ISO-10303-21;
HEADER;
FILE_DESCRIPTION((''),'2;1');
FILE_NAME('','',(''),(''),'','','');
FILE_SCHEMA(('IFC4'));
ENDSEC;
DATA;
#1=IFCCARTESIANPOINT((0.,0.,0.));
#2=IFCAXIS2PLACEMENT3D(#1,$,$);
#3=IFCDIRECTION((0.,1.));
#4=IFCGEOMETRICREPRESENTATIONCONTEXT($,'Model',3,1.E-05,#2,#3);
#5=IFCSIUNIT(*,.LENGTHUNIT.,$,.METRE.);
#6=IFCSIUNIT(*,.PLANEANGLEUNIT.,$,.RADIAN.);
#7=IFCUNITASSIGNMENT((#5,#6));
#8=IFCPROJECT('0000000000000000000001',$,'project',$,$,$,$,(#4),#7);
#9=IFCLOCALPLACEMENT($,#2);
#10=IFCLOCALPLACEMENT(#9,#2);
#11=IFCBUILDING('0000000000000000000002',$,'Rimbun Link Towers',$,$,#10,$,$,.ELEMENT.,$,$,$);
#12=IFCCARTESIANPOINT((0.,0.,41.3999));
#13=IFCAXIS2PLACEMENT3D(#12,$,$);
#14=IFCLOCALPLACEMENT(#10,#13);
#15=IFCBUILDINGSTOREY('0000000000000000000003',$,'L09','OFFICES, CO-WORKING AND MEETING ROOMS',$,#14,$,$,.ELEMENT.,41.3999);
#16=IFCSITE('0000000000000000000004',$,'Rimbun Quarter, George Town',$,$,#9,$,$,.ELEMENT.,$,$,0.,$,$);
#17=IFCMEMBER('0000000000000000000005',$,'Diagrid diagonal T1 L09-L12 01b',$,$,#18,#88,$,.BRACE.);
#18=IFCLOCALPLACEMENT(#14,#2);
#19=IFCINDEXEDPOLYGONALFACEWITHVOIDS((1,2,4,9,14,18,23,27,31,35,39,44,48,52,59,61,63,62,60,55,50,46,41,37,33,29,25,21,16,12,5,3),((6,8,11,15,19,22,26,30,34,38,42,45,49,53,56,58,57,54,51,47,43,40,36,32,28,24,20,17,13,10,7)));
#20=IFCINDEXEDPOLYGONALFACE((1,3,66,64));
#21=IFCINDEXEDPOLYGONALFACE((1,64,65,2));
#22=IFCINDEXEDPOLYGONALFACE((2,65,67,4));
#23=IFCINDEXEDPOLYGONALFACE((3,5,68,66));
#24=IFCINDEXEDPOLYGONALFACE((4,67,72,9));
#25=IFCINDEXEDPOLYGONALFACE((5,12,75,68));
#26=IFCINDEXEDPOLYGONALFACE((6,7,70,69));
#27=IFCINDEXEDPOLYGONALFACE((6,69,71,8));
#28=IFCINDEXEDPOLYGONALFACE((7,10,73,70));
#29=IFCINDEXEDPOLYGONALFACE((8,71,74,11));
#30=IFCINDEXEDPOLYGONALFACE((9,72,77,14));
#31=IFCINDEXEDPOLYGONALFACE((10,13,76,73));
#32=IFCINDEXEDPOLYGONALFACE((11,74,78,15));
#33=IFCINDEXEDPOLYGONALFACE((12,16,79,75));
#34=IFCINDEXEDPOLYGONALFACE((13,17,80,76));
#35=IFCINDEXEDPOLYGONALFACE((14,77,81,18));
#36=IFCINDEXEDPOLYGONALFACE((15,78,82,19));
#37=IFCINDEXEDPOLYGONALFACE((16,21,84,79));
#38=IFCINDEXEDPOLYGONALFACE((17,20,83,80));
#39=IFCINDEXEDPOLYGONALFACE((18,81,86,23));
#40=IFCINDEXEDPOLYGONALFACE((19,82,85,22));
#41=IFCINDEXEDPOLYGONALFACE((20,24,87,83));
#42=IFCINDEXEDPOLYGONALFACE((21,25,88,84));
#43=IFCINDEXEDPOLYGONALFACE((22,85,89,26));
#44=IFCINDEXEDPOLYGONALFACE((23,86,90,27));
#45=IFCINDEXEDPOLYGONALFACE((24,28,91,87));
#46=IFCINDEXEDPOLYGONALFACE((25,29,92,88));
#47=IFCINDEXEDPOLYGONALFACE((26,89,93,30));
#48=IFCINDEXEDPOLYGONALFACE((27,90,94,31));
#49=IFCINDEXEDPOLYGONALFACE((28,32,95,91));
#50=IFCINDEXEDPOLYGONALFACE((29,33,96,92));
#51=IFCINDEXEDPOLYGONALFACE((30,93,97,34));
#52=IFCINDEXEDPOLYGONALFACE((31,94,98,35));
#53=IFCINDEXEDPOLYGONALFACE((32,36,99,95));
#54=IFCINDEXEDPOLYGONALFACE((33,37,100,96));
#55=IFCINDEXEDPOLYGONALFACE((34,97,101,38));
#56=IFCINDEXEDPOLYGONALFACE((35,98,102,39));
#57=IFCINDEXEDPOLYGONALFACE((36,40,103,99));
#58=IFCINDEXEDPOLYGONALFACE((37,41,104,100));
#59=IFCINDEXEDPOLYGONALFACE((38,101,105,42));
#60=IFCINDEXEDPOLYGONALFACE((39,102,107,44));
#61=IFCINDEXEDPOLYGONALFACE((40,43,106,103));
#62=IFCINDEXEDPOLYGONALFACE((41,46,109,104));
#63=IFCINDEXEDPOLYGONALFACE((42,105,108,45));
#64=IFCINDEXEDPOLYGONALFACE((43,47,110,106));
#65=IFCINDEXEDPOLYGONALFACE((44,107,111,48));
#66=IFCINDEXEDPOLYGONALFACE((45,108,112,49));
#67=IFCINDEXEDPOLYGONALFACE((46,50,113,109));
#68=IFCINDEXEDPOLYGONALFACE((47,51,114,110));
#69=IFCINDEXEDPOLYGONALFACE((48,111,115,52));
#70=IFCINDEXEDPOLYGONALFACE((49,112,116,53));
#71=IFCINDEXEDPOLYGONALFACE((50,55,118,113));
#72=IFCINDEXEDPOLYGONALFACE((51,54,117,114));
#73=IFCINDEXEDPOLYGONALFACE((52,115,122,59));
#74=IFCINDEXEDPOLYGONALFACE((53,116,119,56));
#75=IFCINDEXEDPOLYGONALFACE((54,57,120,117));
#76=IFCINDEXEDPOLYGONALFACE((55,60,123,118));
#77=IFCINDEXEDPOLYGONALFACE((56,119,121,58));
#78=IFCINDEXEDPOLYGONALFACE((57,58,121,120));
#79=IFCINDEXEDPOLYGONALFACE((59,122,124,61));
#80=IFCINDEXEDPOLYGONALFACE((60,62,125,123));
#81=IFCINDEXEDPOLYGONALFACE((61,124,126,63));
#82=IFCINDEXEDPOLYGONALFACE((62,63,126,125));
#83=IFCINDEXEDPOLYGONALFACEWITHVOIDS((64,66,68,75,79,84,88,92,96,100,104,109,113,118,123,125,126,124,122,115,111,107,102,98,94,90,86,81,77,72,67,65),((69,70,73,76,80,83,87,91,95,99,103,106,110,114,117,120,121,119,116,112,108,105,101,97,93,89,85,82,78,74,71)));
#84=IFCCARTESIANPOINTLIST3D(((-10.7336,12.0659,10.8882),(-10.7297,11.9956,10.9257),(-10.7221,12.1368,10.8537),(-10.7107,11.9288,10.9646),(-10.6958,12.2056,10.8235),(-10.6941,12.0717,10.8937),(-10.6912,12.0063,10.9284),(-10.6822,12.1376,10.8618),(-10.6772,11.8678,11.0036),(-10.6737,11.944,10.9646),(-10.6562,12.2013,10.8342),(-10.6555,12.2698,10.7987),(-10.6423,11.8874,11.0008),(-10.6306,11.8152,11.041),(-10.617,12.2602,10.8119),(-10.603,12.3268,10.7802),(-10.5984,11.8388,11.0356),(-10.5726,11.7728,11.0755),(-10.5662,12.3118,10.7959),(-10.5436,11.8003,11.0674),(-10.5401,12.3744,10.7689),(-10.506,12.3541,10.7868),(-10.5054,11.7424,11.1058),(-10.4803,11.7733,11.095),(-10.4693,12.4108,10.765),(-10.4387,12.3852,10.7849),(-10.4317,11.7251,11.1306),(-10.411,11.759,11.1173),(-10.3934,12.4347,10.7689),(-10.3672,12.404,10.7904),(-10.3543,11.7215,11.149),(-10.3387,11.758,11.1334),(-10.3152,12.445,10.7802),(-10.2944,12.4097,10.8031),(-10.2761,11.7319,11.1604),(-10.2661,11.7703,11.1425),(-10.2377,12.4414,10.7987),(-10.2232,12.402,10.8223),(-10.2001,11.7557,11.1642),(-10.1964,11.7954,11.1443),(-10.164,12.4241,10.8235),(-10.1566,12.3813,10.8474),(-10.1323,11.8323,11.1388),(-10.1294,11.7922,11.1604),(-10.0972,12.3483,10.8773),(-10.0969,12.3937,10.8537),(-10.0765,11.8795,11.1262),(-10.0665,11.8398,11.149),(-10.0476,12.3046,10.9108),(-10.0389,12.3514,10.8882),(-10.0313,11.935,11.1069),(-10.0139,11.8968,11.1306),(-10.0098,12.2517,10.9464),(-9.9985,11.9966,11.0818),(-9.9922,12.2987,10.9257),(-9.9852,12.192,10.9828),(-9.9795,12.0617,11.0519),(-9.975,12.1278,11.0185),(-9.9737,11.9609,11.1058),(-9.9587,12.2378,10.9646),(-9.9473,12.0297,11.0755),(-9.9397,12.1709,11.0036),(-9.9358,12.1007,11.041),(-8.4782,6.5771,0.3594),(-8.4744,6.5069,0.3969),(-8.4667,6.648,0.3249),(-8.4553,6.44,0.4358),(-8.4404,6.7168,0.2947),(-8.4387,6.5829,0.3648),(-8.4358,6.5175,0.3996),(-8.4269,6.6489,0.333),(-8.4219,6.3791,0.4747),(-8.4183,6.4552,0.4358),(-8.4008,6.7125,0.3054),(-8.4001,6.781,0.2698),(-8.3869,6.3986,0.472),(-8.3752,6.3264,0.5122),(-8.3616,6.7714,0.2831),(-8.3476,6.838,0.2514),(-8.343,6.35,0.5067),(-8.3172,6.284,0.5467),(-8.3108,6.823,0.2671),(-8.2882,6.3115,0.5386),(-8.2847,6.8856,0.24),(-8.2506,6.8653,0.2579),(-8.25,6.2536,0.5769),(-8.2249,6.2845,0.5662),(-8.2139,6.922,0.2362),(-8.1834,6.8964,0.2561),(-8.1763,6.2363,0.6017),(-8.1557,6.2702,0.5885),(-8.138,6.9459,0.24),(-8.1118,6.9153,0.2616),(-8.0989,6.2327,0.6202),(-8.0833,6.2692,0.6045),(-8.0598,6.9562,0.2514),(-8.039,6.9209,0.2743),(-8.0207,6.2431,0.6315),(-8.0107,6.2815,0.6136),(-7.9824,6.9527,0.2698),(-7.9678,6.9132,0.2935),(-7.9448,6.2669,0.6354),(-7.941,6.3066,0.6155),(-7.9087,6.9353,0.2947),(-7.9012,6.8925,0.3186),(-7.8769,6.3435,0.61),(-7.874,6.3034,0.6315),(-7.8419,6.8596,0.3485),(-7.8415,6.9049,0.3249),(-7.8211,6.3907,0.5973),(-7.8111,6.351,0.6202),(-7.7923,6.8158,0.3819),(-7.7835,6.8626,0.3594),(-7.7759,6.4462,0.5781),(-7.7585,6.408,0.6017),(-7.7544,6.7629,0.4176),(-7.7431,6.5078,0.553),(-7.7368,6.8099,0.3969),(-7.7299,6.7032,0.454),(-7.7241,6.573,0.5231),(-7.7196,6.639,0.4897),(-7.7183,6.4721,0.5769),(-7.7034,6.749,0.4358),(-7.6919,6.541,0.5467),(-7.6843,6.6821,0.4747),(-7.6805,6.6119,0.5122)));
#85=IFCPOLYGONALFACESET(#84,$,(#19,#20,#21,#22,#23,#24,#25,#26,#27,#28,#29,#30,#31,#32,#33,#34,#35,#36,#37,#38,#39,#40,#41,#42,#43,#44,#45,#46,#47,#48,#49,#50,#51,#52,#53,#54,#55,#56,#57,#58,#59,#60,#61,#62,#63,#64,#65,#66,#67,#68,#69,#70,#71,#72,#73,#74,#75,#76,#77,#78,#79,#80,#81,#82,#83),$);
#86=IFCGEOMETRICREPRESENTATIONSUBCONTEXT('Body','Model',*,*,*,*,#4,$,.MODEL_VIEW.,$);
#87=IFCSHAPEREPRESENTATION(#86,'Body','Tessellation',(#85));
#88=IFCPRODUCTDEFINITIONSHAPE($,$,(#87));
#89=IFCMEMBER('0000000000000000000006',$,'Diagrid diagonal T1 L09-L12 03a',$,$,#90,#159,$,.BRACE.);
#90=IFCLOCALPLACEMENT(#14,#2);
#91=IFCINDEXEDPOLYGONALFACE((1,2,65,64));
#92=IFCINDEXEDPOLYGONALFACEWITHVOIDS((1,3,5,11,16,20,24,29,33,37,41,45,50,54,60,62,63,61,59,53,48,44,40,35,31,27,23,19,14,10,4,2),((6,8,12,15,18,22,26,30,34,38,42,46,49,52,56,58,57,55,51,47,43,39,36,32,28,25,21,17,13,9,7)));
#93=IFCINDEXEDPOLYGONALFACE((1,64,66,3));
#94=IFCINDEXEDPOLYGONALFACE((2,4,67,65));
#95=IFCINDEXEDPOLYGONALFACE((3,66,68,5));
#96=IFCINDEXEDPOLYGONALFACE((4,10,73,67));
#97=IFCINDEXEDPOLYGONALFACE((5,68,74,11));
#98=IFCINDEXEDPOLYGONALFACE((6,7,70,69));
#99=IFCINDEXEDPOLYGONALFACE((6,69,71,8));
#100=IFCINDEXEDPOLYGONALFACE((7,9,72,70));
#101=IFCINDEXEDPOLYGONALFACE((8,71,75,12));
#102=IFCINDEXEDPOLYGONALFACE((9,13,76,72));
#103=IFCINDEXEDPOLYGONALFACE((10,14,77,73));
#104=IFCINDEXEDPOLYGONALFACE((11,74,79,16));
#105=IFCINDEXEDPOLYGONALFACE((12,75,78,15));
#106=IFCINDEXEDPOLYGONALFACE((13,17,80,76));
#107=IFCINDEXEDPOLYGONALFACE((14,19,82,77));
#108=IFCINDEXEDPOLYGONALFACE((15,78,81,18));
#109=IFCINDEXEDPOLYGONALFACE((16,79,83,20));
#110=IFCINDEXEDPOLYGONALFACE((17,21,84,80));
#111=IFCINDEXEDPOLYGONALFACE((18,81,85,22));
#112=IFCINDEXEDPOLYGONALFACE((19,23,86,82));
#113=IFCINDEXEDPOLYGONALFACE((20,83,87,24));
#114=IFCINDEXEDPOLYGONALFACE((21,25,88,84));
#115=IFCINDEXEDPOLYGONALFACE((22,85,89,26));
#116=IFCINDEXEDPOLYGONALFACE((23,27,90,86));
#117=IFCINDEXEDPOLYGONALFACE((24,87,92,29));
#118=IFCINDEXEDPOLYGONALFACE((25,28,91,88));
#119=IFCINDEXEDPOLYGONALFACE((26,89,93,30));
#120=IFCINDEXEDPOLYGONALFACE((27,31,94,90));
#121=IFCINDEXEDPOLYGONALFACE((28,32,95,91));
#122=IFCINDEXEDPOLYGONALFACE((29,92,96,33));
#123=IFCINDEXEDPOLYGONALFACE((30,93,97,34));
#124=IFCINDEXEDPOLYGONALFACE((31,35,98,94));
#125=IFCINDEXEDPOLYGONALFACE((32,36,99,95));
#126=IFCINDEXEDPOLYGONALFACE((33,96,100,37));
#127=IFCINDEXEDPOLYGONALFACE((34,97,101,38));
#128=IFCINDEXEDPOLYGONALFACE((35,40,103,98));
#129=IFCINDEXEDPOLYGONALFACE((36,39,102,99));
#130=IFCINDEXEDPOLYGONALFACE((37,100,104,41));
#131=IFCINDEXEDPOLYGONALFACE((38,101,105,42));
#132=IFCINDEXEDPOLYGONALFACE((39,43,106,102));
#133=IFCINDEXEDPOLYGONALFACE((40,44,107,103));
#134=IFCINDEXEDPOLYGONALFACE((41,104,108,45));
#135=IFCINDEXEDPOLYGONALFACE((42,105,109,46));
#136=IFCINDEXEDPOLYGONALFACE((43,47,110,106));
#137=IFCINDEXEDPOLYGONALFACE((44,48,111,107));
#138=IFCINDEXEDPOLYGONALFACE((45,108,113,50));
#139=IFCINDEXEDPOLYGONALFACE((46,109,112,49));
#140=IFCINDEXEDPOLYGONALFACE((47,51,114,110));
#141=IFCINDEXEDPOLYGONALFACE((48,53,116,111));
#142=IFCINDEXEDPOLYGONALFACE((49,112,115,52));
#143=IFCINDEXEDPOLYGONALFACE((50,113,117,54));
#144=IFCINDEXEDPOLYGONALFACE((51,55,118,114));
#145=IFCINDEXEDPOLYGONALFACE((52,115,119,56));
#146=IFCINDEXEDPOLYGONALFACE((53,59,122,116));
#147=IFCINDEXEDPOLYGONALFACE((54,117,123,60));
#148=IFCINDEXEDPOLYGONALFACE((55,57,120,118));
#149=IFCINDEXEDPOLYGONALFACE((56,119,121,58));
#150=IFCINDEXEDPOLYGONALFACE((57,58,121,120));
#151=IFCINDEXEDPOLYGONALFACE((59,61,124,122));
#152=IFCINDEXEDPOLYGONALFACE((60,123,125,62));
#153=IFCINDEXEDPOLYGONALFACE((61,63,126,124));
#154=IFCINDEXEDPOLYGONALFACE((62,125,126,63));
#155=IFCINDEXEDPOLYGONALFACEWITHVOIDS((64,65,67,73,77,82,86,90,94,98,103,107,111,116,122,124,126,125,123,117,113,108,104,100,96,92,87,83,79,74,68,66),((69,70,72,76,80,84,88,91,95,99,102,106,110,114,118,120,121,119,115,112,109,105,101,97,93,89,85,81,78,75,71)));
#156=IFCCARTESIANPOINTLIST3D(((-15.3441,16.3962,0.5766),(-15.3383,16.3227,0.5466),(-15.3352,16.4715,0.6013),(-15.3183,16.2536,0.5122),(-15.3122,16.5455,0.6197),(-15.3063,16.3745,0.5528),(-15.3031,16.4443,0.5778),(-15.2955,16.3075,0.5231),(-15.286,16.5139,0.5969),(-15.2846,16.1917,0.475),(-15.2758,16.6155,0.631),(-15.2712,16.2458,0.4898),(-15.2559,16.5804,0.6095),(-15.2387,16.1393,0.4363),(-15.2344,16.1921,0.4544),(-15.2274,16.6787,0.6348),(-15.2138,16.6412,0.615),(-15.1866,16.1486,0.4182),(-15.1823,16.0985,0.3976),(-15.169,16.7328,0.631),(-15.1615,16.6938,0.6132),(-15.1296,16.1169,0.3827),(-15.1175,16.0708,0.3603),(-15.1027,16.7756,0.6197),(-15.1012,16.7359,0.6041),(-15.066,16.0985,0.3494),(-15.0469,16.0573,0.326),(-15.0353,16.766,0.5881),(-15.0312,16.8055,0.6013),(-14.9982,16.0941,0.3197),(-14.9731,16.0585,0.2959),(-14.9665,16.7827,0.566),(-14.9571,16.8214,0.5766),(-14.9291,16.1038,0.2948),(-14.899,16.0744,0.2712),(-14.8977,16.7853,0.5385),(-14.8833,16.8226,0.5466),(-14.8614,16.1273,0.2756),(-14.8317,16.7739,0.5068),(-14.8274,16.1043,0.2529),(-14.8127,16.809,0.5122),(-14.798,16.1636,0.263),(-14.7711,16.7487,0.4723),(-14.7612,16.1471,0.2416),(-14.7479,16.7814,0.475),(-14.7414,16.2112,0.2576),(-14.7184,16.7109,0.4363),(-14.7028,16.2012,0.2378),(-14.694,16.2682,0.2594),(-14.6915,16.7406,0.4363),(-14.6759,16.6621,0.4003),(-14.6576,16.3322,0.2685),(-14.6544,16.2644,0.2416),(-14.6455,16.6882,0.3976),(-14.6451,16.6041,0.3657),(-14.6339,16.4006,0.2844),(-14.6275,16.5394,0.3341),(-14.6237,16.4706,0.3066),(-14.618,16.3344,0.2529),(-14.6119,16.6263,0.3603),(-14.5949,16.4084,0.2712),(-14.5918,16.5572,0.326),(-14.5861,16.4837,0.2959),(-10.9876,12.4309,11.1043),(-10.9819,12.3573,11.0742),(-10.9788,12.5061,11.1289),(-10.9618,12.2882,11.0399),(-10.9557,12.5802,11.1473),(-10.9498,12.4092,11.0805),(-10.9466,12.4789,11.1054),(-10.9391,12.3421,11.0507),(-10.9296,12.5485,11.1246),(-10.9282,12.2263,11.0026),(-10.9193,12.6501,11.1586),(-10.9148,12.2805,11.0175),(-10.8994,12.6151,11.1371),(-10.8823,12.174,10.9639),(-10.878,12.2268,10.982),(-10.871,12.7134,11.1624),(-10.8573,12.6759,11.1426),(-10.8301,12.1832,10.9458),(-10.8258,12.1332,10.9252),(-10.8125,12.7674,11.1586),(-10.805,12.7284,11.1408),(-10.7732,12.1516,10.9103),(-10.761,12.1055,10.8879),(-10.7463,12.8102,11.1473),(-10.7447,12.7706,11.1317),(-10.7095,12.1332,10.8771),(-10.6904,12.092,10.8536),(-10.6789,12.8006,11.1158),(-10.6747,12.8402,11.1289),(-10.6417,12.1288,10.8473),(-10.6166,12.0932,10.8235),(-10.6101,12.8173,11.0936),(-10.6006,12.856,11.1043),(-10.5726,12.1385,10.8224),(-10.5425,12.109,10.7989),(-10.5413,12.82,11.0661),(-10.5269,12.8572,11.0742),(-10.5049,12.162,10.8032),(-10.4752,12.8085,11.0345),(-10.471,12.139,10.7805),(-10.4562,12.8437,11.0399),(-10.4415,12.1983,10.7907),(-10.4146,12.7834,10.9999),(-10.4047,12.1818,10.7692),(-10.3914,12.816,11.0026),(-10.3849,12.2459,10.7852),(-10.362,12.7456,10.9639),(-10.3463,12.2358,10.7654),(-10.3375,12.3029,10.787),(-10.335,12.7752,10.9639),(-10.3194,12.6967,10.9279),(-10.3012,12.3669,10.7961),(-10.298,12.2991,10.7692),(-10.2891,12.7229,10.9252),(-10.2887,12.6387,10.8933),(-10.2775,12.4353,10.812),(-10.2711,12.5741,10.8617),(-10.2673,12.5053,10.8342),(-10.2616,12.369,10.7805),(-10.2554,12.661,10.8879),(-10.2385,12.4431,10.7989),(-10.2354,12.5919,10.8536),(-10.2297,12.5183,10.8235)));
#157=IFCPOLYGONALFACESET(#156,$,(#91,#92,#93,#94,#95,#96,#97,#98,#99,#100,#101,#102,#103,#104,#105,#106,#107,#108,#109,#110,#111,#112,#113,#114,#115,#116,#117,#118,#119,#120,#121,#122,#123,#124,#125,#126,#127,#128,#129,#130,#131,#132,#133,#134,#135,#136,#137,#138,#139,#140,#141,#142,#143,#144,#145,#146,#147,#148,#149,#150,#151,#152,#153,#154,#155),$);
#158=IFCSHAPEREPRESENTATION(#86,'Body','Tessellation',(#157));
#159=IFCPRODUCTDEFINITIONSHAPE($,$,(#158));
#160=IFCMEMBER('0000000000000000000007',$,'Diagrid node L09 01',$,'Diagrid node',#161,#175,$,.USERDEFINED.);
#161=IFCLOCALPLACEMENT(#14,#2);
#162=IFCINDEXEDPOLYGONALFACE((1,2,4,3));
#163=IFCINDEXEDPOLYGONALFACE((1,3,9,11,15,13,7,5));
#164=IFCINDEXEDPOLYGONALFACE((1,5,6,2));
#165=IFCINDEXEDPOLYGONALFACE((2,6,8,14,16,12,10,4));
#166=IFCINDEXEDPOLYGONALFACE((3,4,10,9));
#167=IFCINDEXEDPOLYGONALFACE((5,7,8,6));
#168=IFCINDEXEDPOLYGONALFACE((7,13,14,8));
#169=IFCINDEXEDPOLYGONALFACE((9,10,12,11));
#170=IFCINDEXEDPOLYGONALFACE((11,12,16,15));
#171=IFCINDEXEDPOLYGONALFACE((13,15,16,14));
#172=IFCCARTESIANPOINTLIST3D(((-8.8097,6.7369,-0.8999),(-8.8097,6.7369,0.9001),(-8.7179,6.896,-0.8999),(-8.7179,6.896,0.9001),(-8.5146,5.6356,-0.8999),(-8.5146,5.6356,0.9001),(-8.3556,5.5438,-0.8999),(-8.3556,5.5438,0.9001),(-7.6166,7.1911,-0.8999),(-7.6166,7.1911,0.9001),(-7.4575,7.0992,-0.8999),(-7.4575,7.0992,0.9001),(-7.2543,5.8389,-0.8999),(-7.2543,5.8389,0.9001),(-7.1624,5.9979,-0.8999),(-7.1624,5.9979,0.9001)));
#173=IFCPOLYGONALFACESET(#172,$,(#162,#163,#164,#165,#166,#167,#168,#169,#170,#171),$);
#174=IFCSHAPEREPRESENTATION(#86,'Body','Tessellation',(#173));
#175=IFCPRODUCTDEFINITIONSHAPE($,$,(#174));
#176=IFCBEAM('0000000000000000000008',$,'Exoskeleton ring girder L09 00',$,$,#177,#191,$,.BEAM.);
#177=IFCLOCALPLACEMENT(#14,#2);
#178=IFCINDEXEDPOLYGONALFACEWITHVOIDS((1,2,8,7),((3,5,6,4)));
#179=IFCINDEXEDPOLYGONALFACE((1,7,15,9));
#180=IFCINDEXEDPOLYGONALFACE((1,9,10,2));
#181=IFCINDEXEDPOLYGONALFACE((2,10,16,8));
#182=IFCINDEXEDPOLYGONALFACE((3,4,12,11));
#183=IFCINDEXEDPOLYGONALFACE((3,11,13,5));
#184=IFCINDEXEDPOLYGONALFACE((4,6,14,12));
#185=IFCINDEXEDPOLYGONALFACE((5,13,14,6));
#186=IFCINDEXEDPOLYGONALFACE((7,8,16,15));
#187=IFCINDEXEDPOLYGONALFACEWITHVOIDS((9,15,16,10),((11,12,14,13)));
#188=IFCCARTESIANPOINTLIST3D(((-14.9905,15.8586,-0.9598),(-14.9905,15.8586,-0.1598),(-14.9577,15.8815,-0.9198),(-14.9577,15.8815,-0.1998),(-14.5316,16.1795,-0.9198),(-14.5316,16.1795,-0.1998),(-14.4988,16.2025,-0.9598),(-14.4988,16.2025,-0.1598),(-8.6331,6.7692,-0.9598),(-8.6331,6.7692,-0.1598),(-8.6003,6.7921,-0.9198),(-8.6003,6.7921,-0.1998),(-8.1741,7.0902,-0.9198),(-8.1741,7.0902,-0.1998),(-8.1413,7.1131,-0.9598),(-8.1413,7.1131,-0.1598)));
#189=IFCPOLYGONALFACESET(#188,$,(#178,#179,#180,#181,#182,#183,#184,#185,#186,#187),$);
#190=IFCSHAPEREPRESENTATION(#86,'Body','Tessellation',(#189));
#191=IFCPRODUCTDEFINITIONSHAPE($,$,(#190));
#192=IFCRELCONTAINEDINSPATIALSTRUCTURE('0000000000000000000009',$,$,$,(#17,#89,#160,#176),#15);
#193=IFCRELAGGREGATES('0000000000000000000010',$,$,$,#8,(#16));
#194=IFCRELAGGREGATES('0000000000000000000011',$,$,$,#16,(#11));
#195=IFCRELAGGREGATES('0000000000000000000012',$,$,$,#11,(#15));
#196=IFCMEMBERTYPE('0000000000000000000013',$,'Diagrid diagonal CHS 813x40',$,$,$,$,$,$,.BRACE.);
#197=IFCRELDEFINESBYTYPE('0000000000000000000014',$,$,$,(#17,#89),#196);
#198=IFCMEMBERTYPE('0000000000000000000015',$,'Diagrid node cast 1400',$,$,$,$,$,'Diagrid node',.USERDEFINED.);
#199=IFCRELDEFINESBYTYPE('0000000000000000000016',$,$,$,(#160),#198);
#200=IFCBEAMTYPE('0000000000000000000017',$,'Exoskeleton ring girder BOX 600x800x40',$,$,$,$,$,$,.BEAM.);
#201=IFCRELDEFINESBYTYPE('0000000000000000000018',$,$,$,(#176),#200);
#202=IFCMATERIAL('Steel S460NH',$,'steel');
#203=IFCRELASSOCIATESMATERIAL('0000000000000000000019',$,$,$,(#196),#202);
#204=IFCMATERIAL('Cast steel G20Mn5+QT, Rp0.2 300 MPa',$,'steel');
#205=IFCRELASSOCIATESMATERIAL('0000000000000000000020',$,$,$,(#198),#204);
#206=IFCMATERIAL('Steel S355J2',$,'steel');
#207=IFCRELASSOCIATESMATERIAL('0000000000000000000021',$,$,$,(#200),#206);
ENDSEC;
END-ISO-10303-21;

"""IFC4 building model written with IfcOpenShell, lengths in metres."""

from ifc_helpers import new_model, si_unit, direction, frame, origin, origin_2d, place, context, subcontext, project, spatial, polyline, hollow_rectangle, hollow_circle, outline, extrude, material, material_profile, profile_set, type_object, element, save


model = new_model("IFC4")

# Units and contexts
model_context = context("Model", 3, precision=1e-05, world=origin(), true_north=direction((0.0, 1.0)))
body_context = subcontext(model_context, "Body", "Model", "MODEL_VIEW")
ifc_project = project(units=[si_unit("LENGTHUNIT", "METRE"), si_unit("PLANEANGLEUNIT", "RADIAN")], contexts=[model_context])

# Site, building, storey
site_placement = place(None, origin())
site = spatial("IfcSite", under=ifc_project, at=site_placement, Name="Rimbun Quarter, George Town", CompositionType="ELEMENT", RefElevation=0.0)
building_placement = place(site_placement, origin())
building = spatial("IfcBuilding", under=site, at=building_placement, Name="Rimbun Link Towers", CompositionType="ELEMENT")
storey_placement = place(building_placement, frame((0.0, 0.0, 41.3999)))
storey = spatial("IfcBuildingStorey", under=building, at=storey_placement, Name="L09", Description="OFFICES, CO-WORKING AND MEETING ROOMS", CompositionType="ELEMENT", Elevation=41.3999)

# Members
ifc_material_1 = material(Name="Steel S460NH", Category="steel")
ifc_material_profile_1 = material_profile(ifc_material_1, hollow_circle(Radius=0.4065, WallThickness=0.04, at=origin_2d()), Name="Diagrid diagonal CHS 813x40")
ifc_profile_set_1 = profile_set([ifc_material_profile_1], Name="Steel S460NH")
member_type_1 = type_object("IfcMemberType", Name="Diagrid diagonal CHS 813x40", PredefinedType="BRACE", material=ifc_profile_set_1)
member_1_placement = place(storey_placement, frame((-8.0793, 6.5945, 0.4358), z_axis=(-0.186612, 0.454146, 0.871164), x_axis=(-0.924957, -0.380071, 0.0)))
element("IfcMember", 1, at=member_1_placement, inside=storey, type_object=member_type_1, Name="Diagrid diagonal T1 L09-L12 01b", PredefinedType="BRACE", context=body_context, shape_type="SweptSolid", body=[
    extrude(hollow_circle(Radius=0.4065, WallThickness=0.04, at=origin_2d()), origin(), (0.0, 0.0, 1.0), 12.0859),
])
member_2_placement = place(storey_placement, frame((-14.9651, 16.4399, 0.4363), z_axis=(0.361121, -0.3287, 0.872667), x_axis=(0.673131, 0.739524, 0.0)))
element("IfcMember", 2, at=member_2_placement, inside=storey, type_object=member_type_1, Name="Diagrid diagonal T1 L09-L12 03a", PredefinedType="BRACE", context=body_context, shape_type="SweptSolid", body=[
    extrude(hollow_circle(Radius=0.4065, WallThickness=0.04, at=origin_2d()), origin(), (0.0, 0.0, 1.0), 12.0637),
])
ifc_material_2 = material(Name="Cast steel G20Mn5+QT, Rp0.2 300 MPa", Category="steel")
ifc_material_profile_2 = material_profile(ifc_material_2, outline(polyline([(0.7, -0.5701), (0.7, 0.5701), (0.5701, 0.7), (-0.5701, 0.7), (-0.7, 0.5701), (-0.7, -0.5701), (-0.5701, -0.7), (0.5701, -0.7), (0.7, -0.5701)])), Name="NODE 1400x1400")
ifc_profile_set_2 = profile_set([ifc_material_profile_2], Name="Cast steel G20Mn5+QT, Rp0.2 300 MPa")
member_type_2 = type_object("IfcMemberType", Name="Diagrid node cast 1400", ElementType="Diagrid node", PredefinedType="USERDEFINED", material=ifc_profile_set_2)
member_3_placement = place(storey_placement, frame((-7.9861, 6.3674, -0.8999), z_axis=(0.0, 0.0, 1.0), x_axis=(0.965926, 0.258819, 0.0)))
element("IfcMember", 3, at=member_3_placement, inside=storey, type_object=member_type_2, Name="Diagrid node L09 01", ObjectType="Diagrid node", PredefinedType="USERDEFINED", context=body_context, shape_type="SweptSolid", body=[
    extrude(outline(polyline([(0.7, -0.5701), (0.7, 0.5701), (0.5701, 0.7), (-0.5701, 0.7), (-0.7, 0.5701), (-0.7, -0.5701), (-0.5701, -0.7), (0.5701, -0.7), (0.7, -0.5701)])), origin(), (0.0, 0.0, 1.0), 1.8),
])

# Beam
ifc_material_3 = material(Name="Steel S355J2", Category="steel")
ifc_material_profile_3 = material_profile(ifc_material_3, hollow_rectangle(XDim=0.6001, YDim=0.8, WallThickness=0.04, at=origin_2d()), Name="Exoskeleton ring girder BOX 600x800x40")
ifc_profile_set_3 = profile_set([ifc_material_profile_3], Name="Steel S355J2")
beam_type_1 = type_object("IfcBeamType", Name="Exoskeleton ring girder BOX 600x800x40", PredefinedType="BEAM", material=ifc_profile_set_3)
beam_1_placement = place(storey_placement, frame((-8.3872, 6.9412, -0.5598), z_axis=(-0.573152, 0.819449, 0.0), x_axis=(-0.819449, -0.573152, 0.0)))
element("IfcBeam", 4, at=beam_1_placement, inside=storey, type_object=beam_type_1, Name="Exoskeleton ring girder L09 00", PredefinedType="BEAM", context=body_context, shape_type="SweptSolid", body=[
    extrude(hollow_rectangle(XDim=0.6001, YDim=0.8, WallThickness=0.04, at=origin_2d()), origin(), (0.0, 0.0, 1.0), 11.092),
])

save(model, "model.ifc")
